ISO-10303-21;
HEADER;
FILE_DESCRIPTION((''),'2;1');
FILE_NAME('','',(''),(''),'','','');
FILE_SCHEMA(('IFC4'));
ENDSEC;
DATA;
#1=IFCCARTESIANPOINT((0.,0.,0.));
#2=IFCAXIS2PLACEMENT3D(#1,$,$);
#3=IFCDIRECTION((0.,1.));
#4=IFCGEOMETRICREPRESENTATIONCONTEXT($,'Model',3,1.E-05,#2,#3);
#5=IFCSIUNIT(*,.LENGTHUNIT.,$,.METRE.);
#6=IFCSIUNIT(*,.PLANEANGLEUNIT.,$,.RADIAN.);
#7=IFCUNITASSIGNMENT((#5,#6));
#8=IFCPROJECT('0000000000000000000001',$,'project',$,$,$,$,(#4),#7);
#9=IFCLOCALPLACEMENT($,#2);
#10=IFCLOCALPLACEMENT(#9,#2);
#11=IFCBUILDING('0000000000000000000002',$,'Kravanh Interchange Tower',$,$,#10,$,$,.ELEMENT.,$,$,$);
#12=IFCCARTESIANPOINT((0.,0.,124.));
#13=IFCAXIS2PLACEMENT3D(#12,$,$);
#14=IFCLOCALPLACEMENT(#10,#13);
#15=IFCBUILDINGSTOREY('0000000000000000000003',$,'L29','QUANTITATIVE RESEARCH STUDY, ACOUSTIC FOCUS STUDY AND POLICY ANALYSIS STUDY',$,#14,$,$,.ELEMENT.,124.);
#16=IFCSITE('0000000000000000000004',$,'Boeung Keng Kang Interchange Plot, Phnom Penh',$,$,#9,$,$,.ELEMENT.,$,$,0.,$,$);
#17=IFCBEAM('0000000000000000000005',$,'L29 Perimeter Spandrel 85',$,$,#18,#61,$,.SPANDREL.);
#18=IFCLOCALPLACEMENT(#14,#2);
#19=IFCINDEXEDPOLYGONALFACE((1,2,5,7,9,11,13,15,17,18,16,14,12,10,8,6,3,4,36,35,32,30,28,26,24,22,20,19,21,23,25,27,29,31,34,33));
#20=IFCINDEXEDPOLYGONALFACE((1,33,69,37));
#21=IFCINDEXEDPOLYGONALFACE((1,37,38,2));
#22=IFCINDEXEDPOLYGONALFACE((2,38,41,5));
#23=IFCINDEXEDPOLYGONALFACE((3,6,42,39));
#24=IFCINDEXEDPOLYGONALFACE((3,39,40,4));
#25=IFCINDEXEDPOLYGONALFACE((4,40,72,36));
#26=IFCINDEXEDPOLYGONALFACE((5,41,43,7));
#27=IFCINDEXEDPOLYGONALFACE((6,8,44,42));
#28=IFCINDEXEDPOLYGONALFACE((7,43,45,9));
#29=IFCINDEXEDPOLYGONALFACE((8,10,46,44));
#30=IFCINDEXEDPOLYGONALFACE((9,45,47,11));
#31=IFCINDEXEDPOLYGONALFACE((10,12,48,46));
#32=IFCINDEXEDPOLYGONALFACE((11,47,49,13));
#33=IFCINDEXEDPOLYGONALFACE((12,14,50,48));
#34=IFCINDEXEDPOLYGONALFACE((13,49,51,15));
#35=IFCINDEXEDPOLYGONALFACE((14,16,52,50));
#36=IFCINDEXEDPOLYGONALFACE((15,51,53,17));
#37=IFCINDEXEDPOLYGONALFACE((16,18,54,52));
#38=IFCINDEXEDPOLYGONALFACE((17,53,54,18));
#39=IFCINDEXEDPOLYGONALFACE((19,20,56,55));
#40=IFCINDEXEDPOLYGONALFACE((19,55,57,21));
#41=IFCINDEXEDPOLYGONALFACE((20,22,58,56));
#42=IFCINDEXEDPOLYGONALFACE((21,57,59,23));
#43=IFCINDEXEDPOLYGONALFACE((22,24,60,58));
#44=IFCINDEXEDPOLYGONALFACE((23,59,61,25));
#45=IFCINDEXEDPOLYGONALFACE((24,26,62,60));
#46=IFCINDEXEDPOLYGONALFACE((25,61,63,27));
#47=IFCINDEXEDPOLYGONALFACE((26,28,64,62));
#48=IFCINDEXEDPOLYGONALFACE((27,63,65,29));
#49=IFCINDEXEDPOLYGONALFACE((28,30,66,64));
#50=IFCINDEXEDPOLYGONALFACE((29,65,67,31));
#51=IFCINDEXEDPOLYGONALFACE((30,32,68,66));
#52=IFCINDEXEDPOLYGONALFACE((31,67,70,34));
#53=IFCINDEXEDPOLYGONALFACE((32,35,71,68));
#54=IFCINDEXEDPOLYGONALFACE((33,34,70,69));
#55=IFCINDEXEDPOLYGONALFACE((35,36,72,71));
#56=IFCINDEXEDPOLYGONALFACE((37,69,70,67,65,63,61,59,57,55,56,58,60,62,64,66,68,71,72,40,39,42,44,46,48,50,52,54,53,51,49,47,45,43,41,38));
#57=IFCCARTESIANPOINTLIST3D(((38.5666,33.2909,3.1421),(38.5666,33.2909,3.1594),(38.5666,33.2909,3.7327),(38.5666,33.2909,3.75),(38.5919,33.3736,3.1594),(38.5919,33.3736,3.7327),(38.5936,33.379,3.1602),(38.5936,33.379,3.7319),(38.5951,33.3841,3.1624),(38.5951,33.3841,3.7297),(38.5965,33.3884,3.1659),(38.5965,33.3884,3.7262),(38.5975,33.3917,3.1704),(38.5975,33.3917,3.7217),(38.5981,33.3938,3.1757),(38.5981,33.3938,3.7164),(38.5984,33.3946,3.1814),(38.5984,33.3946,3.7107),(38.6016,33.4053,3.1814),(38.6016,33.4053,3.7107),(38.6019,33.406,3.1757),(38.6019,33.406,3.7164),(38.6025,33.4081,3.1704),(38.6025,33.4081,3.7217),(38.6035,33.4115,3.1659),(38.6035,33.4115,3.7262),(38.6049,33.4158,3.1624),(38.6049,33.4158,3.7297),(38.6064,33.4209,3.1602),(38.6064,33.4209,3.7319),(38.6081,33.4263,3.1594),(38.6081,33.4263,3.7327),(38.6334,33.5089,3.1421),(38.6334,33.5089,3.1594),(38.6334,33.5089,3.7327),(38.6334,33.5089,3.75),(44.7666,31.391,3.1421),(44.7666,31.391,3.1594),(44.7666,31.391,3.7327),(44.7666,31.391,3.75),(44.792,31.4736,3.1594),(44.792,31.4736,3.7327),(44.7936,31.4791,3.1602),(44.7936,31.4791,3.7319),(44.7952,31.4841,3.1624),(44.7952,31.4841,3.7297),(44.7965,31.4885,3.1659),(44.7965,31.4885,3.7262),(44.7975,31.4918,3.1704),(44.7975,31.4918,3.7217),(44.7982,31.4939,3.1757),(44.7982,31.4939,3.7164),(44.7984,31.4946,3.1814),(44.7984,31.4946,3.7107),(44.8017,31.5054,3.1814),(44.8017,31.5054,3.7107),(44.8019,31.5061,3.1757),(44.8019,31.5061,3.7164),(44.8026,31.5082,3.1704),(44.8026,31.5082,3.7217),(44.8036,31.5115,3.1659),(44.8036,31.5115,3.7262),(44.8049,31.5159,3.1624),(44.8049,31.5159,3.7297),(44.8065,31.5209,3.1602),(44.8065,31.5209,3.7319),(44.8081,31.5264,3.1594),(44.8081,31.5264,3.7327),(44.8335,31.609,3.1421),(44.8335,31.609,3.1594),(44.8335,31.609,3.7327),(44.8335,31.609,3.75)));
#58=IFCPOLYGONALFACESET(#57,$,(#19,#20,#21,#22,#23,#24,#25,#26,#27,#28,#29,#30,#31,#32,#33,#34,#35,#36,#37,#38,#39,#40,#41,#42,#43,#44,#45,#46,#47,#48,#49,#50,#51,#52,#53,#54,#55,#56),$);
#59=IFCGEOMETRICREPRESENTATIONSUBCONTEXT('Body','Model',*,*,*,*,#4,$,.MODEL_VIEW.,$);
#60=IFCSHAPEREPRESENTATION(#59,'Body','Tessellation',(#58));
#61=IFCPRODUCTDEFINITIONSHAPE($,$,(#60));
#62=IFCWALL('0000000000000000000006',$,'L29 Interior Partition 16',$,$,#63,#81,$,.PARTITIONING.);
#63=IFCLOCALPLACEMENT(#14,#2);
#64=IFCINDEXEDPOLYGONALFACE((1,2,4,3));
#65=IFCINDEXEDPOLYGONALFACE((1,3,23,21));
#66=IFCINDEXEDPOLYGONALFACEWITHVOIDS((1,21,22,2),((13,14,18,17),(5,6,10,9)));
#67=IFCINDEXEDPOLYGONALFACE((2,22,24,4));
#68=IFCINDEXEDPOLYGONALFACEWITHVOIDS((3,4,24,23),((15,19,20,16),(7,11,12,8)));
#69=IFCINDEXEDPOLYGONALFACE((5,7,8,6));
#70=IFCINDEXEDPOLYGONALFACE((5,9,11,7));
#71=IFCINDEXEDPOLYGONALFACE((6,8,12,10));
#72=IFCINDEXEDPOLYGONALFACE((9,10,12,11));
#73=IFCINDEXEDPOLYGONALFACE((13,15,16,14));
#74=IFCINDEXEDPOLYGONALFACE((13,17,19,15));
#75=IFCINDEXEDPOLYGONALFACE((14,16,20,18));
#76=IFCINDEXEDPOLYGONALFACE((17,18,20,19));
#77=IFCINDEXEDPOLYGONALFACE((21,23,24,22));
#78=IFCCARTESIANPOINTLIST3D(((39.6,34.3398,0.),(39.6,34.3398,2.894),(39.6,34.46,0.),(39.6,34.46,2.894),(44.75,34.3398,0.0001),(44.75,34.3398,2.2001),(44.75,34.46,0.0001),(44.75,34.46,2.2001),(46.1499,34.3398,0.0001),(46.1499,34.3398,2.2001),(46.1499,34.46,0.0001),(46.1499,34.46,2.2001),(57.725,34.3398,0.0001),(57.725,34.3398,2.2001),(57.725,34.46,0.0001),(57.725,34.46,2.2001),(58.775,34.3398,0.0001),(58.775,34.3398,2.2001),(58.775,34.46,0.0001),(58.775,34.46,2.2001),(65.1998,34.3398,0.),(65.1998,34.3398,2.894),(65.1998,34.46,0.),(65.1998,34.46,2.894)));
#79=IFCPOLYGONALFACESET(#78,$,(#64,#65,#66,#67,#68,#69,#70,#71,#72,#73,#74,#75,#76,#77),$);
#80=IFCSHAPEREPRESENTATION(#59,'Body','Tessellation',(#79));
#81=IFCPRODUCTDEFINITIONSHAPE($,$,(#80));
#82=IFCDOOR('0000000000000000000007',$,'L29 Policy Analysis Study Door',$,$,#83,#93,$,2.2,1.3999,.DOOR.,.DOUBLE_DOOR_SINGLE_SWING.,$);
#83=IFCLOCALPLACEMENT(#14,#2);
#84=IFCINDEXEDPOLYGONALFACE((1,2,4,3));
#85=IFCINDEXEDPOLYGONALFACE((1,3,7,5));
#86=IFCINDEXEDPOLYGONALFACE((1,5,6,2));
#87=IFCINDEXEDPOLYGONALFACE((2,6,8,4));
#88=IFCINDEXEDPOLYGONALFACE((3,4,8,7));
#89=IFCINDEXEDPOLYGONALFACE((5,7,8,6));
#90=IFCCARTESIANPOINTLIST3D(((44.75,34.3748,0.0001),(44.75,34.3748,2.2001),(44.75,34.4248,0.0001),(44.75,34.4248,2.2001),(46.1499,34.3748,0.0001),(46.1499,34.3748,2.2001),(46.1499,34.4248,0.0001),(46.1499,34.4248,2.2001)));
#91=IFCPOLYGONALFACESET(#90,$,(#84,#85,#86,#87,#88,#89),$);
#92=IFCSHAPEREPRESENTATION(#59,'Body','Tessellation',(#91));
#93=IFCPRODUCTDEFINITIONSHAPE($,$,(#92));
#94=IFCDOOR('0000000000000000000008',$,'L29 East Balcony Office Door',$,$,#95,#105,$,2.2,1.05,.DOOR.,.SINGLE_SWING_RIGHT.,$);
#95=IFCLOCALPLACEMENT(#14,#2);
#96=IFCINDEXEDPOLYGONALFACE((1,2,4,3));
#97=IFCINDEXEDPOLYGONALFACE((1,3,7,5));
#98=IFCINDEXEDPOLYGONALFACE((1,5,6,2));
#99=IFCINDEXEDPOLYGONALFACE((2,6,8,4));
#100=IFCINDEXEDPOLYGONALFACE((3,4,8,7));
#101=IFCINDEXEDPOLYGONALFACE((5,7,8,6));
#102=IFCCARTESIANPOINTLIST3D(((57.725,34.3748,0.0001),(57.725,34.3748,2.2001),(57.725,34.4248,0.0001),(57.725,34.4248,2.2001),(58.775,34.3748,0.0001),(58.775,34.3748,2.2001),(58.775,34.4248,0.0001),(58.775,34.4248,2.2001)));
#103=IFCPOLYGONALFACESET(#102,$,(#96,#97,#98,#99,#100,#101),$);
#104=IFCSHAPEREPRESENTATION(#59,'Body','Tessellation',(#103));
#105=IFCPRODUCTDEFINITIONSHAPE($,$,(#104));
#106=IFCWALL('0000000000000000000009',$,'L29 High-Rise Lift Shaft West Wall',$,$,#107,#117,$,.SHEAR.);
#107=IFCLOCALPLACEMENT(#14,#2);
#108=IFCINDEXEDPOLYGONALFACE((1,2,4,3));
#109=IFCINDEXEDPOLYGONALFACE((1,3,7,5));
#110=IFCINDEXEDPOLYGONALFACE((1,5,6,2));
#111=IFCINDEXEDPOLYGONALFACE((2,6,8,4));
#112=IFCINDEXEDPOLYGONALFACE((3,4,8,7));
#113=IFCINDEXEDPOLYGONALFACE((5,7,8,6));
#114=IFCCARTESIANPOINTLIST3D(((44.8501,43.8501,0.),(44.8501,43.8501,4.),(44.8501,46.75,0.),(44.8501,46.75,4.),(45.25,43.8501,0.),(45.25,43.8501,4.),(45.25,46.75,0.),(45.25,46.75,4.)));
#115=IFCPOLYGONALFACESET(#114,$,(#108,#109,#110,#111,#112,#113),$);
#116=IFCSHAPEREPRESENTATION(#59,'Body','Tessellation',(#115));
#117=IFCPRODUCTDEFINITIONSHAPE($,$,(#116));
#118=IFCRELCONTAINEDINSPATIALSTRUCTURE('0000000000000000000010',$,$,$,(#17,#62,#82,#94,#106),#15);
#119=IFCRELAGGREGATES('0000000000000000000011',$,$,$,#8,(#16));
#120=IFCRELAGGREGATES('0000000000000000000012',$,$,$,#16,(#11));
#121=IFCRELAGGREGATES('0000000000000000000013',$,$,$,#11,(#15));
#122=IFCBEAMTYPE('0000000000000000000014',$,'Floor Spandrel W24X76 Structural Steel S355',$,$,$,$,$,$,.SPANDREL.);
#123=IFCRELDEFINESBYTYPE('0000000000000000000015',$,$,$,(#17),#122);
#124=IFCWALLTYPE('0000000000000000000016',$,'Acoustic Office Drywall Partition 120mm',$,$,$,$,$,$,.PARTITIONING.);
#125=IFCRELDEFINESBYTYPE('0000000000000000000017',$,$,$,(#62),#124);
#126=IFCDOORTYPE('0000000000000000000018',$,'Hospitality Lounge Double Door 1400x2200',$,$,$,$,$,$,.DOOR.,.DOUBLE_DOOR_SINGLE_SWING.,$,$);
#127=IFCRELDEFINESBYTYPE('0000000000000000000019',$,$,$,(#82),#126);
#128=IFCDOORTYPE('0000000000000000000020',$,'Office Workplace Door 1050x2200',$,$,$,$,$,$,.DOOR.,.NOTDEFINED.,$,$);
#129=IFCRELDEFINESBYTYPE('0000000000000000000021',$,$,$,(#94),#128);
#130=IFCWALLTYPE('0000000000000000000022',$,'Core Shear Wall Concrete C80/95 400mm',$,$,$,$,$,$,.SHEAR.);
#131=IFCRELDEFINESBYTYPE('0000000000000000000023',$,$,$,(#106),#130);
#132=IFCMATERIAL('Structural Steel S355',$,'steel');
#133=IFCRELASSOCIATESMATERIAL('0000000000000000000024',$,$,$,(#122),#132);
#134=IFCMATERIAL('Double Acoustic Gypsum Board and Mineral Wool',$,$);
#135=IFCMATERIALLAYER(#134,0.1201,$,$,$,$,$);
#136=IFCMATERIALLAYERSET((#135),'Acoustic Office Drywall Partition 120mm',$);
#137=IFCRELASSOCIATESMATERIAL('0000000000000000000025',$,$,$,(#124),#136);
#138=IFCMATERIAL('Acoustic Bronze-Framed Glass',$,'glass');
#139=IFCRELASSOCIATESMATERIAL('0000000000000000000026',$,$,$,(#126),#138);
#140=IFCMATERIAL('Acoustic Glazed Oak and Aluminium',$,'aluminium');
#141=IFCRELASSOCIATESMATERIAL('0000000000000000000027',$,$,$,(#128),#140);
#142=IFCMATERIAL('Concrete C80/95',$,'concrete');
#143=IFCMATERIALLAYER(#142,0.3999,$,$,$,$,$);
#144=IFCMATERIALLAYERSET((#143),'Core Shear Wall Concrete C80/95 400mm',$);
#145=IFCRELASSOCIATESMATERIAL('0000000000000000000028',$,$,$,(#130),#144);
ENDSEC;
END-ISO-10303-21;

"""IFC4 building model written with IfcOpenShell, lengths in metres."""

from ifc_helpers import new_model, si_unit, direction, frame, frame_2d, origin, origin_2d, place, context, subcontext, project, spatial, rectangle, i_section, extrude, material, layer, layer_set, material_profile, profile_set, type_object, element, fill, save


model = new_model("IFC4")

# Units and contexts
model_context = context("Model", 3, precision=1e-05, world=origin(), true_north=direction((0.0, 1.0)))
body_context = subcontext(model_context, "Body", "Model", "MODEL_VIEW")
ifc_project = project(units=[si_unit("LENGTHUNIT", "METRE"), si_unit("PLANEANGLEUNIT", "RADIAN")], contexts=[model_context])

# Site, building, storey
site_placement = place(None, origin())
site = spatial("IfcSite", under=ifc_project, at=site_placement, Name="Boeung Keng Kang Interchange Plot, Phnom Penh", CompositionType="ELEMENT", RefElevation=0.0)
building_placement = place(site_placement, origin())
building = spatial("IfcBuilding", under=site, at=building_placement, Name="Kravanh Interchange Tower", CompositionType="ELEMENT")
storey_placement = place(building_placement, frame((0.0, 0.0, 124.0)))
storey = spatial("IfcBuildingStorey", under=building, at=storey_placement, Name="L29", Description="QUANTITATIVE RESEARCH STUDY, ACOUSTIC FOCUS STUDY AND POLICY ANALYSIS STUDY", CompositionType="ELEMENT", Elevation=124.0)

# Beam
ifc_material_1 = material(Name="Structural Steel S355", Category="steel")
ifc_material_profile_1 = material_profile(ifc_material_1, i_section(OverallWidth=0.228, OverallDepth=0.6079, WebThickness=0.0112, FlangeThickness=0.0173, FilletRadius=0.022, at=origin_2d()), Name="W24X76")
ifc_profile_set_1 = profile_set([ifc_material_profile_1], Name="Structural Steel S355")
beam_type_1 = type_object("IfcBeamType", Name="Floor Spandrel W24X76 Structural Steel S355", PredefinedType="SPANDREL", material=ifc_profile_set_1)
beam_1_placement = place(storey_placement, frame((44.8, 31.5, 3.446), z_axis=(-0.956115, 0.29299, 0.0), x_axis=(-0.29299, -0.956115, 0.0)))
element("IfcBeam", 1, at=beam_1_placement, inside=storey, type_object=beam_type_1, Name="L29 Perimeter Spandrel 85", PredefinedType="SPANDREL", context=body_context, shape_type="SweptSolid", body=[
    extrude(i_section(OverallWidth=0.228, OverallDepth=0.6079, WebThickness=0.0112, FlangeThickness=0.0173, FilletRadius=0.022, at=origin_2d()), origin(), (0.0, 0.0, 1.0), 6.4846),
])

# Wall, openings, doors
ifc_material_2 = material(Name="Double Acoustic Gypsum Board and Mineral Wool")
ifc_layer_1 = layer(ifc_material_2, 0.1201)
ifc_layer_set_1 = layer_set([ifc_layer_1], Name="Acoustic Office Drywall Partition 120mm")
wall_type_1 = type_object("IfcWallType", Name="Acoustic Office Drywall Partition 120mm", PredefinedType="PARTITIONING", material=ifc_layer_set_1)
wall_1_placement = place(storey_placement, frame((39.6001, 34.3999, 0.0), z_axis=(0.0, 0.0, 1.0), x_axis=(1.0, 0.0, 0.0)))
wall_1 = element("IfcWall", 2, at=wall_1_placement, inside=storey, type_object=wall_type_1, Name="L29 Interior Partition 16", PredefinedType="PARTITIONING", context=body_context, shape_type="SweptSolid", body=[
    extrude(rectangle(XDim=25.5999, YDim=0.1201, at=frame_2d((12.7998, 0.0))), origin(), (0.0, 0.0, 1.0), 2.894),
])
opening_1_placement = place(wall_1_placement, frame((5.1499, 0.0, 0.0)))
opening_1 = element("IfcOpeningElement", 3, at=opening_1_placement, cuts=wall_1, PredefinedType="OPENING", context=body_context, shape_type="SweptSolid", body=[
    extrude(rectangle(XDim=1.3999, YDim=2.2, at=frame_2d((0.7, 1.1001))), frame((0.0, 0.0701, 0.0), z_axis=(0.0, -1.0, 0.0), x_axis=(1.0, 0.0, 0.0)), (0.0, 0.0, 1.0), 0.1401),
])
opening_2_placement = place(wall_1_placement, frame((18.125, 0.0, 0.0)))
opening_2 = element("IfcOpeningElement", 4, at=opening_2_placement, cuts=wall_1, PredefinedType="OPENING", context=body_context, shape_type="SweptSolid", body=[
    extrude(rectangle(XDim=1.05, YDim=2.2, at=frame_2d((0.5249, 1.1001))), frame((0.0, 0.0701, 0.0), z_axis=(0.0, -1.0, 0.0), x_axis=(1.0, 0.0, 0.0)), (0.0, 0.0, 1.0), 0.1401),
])
ifc_material_3 = material(Name="Acoustic Bronze-Framed Glass", Category="glass")
door_type_1 = type_object("IfcDoorType", Name="Hospitality Lounge Double Door 1400x2200", OperationType="DOUBLE_DOOR_SINGLE_SWING", PredefinedType="DOOR", material=ifc_material_3)
door_1_placement = place(opening_1_placement, origin())
door_1 = element("IfcDoor", 5, at=door_1_placement, inside=storey, type_object=door_type_1, Name="L29 Policy Analysis Study Door", OperationType="DOUBLE_DOOR_SINGLE_SWING", OverallHeight=2.2, OverallWidth=1.3999, PredefinedType="DOOR", context=body_context, shape_type="SweptSolid", body=[
    extrude(rectangle(XDim=1.3999, YDim=2.2, at=frame_2d((0.7, 1.1001))), frame((0.0, 0.0249, 0.0), z_axis=(0.0, -1.0, 0.0), x_axis=(1.0, 0.0, 0.0)), (0.0, 0.0, 1.0), 0.05),
])
fill(opening_1, door_1)
ifc_material_4 = material(Name="Acoustic Glazed Oak and Aluminium", Category="aluminium")
door_type_2 = type_object("IfcDoorType", Name="Office Workplace Door 1050x2200", OperationType="NOTDEFINED", PredefinedType="DOOR", material=ifc_material_4)
door_2_placement = place(opening_2_placement, origin())
door_2 = element("IfcDoor", 6, at=door_2_placement, inside=storey, type_object=door_type_2, Name="L29 East Balcony Office Door", OperationType="SINGLE_SWING_RIGHT", OverallHeight=2.2, OverallWidth=1.05, PredefinedType="DOOR", context=body_context, shape_type="SweptSolid", body=[
    extrude(rectangle(XDim=1.05, YDim=2.2, at=frame_2d((0.5249, 1.1001))), frame((0.0, 0.0249, 0.0), z_axis=(0.0, -1.0, 0.0), x_axis=(1.0, 0.0, 0.0)), (0.0, 0.0, 1.0), 0.05),
])
fill(opening_2, door_2)

# Wall
ifc_material_5 = material(Name="Concrete C80/95", Category="concrete")
ifc_layer_2 = layer(ifc_material_5, 0.3999)
ifc_layer_set_2 = layer_set([ifc_layer_2], Name="Core Shear Wall Concrete C80/95 400mm")
wall_type_2 = type_object("IfcWallType", Name="Core Shear Wall Concrete C80/95 400mm", PredefinedType="SHEAR", material=ifc_layer_set_2)
wall_2_placement = place(storey_placement, frame((45.05, 43.8501, 0.0), z_axis=(0.0, 0.0, 1.0), x_axis=(0.0, 1.0, 0.0)))
element("IfcWall", 7, at=wall_2_placement, inside=storey, type_object=wall_type_2, Name="L29 High-Rise Lift Shaft West Wall", PredefinedType="SHEAR", context=body_context, shape_type="SweptSolid", body=[
    extrude(rectangle(XDim=2.8999, YDim=0.3999, at=frame_2d((1.45, 0.0))), origin(), (0.0, 0.0, 1.0), 4.0),
])

save(model, "model.ifc")
